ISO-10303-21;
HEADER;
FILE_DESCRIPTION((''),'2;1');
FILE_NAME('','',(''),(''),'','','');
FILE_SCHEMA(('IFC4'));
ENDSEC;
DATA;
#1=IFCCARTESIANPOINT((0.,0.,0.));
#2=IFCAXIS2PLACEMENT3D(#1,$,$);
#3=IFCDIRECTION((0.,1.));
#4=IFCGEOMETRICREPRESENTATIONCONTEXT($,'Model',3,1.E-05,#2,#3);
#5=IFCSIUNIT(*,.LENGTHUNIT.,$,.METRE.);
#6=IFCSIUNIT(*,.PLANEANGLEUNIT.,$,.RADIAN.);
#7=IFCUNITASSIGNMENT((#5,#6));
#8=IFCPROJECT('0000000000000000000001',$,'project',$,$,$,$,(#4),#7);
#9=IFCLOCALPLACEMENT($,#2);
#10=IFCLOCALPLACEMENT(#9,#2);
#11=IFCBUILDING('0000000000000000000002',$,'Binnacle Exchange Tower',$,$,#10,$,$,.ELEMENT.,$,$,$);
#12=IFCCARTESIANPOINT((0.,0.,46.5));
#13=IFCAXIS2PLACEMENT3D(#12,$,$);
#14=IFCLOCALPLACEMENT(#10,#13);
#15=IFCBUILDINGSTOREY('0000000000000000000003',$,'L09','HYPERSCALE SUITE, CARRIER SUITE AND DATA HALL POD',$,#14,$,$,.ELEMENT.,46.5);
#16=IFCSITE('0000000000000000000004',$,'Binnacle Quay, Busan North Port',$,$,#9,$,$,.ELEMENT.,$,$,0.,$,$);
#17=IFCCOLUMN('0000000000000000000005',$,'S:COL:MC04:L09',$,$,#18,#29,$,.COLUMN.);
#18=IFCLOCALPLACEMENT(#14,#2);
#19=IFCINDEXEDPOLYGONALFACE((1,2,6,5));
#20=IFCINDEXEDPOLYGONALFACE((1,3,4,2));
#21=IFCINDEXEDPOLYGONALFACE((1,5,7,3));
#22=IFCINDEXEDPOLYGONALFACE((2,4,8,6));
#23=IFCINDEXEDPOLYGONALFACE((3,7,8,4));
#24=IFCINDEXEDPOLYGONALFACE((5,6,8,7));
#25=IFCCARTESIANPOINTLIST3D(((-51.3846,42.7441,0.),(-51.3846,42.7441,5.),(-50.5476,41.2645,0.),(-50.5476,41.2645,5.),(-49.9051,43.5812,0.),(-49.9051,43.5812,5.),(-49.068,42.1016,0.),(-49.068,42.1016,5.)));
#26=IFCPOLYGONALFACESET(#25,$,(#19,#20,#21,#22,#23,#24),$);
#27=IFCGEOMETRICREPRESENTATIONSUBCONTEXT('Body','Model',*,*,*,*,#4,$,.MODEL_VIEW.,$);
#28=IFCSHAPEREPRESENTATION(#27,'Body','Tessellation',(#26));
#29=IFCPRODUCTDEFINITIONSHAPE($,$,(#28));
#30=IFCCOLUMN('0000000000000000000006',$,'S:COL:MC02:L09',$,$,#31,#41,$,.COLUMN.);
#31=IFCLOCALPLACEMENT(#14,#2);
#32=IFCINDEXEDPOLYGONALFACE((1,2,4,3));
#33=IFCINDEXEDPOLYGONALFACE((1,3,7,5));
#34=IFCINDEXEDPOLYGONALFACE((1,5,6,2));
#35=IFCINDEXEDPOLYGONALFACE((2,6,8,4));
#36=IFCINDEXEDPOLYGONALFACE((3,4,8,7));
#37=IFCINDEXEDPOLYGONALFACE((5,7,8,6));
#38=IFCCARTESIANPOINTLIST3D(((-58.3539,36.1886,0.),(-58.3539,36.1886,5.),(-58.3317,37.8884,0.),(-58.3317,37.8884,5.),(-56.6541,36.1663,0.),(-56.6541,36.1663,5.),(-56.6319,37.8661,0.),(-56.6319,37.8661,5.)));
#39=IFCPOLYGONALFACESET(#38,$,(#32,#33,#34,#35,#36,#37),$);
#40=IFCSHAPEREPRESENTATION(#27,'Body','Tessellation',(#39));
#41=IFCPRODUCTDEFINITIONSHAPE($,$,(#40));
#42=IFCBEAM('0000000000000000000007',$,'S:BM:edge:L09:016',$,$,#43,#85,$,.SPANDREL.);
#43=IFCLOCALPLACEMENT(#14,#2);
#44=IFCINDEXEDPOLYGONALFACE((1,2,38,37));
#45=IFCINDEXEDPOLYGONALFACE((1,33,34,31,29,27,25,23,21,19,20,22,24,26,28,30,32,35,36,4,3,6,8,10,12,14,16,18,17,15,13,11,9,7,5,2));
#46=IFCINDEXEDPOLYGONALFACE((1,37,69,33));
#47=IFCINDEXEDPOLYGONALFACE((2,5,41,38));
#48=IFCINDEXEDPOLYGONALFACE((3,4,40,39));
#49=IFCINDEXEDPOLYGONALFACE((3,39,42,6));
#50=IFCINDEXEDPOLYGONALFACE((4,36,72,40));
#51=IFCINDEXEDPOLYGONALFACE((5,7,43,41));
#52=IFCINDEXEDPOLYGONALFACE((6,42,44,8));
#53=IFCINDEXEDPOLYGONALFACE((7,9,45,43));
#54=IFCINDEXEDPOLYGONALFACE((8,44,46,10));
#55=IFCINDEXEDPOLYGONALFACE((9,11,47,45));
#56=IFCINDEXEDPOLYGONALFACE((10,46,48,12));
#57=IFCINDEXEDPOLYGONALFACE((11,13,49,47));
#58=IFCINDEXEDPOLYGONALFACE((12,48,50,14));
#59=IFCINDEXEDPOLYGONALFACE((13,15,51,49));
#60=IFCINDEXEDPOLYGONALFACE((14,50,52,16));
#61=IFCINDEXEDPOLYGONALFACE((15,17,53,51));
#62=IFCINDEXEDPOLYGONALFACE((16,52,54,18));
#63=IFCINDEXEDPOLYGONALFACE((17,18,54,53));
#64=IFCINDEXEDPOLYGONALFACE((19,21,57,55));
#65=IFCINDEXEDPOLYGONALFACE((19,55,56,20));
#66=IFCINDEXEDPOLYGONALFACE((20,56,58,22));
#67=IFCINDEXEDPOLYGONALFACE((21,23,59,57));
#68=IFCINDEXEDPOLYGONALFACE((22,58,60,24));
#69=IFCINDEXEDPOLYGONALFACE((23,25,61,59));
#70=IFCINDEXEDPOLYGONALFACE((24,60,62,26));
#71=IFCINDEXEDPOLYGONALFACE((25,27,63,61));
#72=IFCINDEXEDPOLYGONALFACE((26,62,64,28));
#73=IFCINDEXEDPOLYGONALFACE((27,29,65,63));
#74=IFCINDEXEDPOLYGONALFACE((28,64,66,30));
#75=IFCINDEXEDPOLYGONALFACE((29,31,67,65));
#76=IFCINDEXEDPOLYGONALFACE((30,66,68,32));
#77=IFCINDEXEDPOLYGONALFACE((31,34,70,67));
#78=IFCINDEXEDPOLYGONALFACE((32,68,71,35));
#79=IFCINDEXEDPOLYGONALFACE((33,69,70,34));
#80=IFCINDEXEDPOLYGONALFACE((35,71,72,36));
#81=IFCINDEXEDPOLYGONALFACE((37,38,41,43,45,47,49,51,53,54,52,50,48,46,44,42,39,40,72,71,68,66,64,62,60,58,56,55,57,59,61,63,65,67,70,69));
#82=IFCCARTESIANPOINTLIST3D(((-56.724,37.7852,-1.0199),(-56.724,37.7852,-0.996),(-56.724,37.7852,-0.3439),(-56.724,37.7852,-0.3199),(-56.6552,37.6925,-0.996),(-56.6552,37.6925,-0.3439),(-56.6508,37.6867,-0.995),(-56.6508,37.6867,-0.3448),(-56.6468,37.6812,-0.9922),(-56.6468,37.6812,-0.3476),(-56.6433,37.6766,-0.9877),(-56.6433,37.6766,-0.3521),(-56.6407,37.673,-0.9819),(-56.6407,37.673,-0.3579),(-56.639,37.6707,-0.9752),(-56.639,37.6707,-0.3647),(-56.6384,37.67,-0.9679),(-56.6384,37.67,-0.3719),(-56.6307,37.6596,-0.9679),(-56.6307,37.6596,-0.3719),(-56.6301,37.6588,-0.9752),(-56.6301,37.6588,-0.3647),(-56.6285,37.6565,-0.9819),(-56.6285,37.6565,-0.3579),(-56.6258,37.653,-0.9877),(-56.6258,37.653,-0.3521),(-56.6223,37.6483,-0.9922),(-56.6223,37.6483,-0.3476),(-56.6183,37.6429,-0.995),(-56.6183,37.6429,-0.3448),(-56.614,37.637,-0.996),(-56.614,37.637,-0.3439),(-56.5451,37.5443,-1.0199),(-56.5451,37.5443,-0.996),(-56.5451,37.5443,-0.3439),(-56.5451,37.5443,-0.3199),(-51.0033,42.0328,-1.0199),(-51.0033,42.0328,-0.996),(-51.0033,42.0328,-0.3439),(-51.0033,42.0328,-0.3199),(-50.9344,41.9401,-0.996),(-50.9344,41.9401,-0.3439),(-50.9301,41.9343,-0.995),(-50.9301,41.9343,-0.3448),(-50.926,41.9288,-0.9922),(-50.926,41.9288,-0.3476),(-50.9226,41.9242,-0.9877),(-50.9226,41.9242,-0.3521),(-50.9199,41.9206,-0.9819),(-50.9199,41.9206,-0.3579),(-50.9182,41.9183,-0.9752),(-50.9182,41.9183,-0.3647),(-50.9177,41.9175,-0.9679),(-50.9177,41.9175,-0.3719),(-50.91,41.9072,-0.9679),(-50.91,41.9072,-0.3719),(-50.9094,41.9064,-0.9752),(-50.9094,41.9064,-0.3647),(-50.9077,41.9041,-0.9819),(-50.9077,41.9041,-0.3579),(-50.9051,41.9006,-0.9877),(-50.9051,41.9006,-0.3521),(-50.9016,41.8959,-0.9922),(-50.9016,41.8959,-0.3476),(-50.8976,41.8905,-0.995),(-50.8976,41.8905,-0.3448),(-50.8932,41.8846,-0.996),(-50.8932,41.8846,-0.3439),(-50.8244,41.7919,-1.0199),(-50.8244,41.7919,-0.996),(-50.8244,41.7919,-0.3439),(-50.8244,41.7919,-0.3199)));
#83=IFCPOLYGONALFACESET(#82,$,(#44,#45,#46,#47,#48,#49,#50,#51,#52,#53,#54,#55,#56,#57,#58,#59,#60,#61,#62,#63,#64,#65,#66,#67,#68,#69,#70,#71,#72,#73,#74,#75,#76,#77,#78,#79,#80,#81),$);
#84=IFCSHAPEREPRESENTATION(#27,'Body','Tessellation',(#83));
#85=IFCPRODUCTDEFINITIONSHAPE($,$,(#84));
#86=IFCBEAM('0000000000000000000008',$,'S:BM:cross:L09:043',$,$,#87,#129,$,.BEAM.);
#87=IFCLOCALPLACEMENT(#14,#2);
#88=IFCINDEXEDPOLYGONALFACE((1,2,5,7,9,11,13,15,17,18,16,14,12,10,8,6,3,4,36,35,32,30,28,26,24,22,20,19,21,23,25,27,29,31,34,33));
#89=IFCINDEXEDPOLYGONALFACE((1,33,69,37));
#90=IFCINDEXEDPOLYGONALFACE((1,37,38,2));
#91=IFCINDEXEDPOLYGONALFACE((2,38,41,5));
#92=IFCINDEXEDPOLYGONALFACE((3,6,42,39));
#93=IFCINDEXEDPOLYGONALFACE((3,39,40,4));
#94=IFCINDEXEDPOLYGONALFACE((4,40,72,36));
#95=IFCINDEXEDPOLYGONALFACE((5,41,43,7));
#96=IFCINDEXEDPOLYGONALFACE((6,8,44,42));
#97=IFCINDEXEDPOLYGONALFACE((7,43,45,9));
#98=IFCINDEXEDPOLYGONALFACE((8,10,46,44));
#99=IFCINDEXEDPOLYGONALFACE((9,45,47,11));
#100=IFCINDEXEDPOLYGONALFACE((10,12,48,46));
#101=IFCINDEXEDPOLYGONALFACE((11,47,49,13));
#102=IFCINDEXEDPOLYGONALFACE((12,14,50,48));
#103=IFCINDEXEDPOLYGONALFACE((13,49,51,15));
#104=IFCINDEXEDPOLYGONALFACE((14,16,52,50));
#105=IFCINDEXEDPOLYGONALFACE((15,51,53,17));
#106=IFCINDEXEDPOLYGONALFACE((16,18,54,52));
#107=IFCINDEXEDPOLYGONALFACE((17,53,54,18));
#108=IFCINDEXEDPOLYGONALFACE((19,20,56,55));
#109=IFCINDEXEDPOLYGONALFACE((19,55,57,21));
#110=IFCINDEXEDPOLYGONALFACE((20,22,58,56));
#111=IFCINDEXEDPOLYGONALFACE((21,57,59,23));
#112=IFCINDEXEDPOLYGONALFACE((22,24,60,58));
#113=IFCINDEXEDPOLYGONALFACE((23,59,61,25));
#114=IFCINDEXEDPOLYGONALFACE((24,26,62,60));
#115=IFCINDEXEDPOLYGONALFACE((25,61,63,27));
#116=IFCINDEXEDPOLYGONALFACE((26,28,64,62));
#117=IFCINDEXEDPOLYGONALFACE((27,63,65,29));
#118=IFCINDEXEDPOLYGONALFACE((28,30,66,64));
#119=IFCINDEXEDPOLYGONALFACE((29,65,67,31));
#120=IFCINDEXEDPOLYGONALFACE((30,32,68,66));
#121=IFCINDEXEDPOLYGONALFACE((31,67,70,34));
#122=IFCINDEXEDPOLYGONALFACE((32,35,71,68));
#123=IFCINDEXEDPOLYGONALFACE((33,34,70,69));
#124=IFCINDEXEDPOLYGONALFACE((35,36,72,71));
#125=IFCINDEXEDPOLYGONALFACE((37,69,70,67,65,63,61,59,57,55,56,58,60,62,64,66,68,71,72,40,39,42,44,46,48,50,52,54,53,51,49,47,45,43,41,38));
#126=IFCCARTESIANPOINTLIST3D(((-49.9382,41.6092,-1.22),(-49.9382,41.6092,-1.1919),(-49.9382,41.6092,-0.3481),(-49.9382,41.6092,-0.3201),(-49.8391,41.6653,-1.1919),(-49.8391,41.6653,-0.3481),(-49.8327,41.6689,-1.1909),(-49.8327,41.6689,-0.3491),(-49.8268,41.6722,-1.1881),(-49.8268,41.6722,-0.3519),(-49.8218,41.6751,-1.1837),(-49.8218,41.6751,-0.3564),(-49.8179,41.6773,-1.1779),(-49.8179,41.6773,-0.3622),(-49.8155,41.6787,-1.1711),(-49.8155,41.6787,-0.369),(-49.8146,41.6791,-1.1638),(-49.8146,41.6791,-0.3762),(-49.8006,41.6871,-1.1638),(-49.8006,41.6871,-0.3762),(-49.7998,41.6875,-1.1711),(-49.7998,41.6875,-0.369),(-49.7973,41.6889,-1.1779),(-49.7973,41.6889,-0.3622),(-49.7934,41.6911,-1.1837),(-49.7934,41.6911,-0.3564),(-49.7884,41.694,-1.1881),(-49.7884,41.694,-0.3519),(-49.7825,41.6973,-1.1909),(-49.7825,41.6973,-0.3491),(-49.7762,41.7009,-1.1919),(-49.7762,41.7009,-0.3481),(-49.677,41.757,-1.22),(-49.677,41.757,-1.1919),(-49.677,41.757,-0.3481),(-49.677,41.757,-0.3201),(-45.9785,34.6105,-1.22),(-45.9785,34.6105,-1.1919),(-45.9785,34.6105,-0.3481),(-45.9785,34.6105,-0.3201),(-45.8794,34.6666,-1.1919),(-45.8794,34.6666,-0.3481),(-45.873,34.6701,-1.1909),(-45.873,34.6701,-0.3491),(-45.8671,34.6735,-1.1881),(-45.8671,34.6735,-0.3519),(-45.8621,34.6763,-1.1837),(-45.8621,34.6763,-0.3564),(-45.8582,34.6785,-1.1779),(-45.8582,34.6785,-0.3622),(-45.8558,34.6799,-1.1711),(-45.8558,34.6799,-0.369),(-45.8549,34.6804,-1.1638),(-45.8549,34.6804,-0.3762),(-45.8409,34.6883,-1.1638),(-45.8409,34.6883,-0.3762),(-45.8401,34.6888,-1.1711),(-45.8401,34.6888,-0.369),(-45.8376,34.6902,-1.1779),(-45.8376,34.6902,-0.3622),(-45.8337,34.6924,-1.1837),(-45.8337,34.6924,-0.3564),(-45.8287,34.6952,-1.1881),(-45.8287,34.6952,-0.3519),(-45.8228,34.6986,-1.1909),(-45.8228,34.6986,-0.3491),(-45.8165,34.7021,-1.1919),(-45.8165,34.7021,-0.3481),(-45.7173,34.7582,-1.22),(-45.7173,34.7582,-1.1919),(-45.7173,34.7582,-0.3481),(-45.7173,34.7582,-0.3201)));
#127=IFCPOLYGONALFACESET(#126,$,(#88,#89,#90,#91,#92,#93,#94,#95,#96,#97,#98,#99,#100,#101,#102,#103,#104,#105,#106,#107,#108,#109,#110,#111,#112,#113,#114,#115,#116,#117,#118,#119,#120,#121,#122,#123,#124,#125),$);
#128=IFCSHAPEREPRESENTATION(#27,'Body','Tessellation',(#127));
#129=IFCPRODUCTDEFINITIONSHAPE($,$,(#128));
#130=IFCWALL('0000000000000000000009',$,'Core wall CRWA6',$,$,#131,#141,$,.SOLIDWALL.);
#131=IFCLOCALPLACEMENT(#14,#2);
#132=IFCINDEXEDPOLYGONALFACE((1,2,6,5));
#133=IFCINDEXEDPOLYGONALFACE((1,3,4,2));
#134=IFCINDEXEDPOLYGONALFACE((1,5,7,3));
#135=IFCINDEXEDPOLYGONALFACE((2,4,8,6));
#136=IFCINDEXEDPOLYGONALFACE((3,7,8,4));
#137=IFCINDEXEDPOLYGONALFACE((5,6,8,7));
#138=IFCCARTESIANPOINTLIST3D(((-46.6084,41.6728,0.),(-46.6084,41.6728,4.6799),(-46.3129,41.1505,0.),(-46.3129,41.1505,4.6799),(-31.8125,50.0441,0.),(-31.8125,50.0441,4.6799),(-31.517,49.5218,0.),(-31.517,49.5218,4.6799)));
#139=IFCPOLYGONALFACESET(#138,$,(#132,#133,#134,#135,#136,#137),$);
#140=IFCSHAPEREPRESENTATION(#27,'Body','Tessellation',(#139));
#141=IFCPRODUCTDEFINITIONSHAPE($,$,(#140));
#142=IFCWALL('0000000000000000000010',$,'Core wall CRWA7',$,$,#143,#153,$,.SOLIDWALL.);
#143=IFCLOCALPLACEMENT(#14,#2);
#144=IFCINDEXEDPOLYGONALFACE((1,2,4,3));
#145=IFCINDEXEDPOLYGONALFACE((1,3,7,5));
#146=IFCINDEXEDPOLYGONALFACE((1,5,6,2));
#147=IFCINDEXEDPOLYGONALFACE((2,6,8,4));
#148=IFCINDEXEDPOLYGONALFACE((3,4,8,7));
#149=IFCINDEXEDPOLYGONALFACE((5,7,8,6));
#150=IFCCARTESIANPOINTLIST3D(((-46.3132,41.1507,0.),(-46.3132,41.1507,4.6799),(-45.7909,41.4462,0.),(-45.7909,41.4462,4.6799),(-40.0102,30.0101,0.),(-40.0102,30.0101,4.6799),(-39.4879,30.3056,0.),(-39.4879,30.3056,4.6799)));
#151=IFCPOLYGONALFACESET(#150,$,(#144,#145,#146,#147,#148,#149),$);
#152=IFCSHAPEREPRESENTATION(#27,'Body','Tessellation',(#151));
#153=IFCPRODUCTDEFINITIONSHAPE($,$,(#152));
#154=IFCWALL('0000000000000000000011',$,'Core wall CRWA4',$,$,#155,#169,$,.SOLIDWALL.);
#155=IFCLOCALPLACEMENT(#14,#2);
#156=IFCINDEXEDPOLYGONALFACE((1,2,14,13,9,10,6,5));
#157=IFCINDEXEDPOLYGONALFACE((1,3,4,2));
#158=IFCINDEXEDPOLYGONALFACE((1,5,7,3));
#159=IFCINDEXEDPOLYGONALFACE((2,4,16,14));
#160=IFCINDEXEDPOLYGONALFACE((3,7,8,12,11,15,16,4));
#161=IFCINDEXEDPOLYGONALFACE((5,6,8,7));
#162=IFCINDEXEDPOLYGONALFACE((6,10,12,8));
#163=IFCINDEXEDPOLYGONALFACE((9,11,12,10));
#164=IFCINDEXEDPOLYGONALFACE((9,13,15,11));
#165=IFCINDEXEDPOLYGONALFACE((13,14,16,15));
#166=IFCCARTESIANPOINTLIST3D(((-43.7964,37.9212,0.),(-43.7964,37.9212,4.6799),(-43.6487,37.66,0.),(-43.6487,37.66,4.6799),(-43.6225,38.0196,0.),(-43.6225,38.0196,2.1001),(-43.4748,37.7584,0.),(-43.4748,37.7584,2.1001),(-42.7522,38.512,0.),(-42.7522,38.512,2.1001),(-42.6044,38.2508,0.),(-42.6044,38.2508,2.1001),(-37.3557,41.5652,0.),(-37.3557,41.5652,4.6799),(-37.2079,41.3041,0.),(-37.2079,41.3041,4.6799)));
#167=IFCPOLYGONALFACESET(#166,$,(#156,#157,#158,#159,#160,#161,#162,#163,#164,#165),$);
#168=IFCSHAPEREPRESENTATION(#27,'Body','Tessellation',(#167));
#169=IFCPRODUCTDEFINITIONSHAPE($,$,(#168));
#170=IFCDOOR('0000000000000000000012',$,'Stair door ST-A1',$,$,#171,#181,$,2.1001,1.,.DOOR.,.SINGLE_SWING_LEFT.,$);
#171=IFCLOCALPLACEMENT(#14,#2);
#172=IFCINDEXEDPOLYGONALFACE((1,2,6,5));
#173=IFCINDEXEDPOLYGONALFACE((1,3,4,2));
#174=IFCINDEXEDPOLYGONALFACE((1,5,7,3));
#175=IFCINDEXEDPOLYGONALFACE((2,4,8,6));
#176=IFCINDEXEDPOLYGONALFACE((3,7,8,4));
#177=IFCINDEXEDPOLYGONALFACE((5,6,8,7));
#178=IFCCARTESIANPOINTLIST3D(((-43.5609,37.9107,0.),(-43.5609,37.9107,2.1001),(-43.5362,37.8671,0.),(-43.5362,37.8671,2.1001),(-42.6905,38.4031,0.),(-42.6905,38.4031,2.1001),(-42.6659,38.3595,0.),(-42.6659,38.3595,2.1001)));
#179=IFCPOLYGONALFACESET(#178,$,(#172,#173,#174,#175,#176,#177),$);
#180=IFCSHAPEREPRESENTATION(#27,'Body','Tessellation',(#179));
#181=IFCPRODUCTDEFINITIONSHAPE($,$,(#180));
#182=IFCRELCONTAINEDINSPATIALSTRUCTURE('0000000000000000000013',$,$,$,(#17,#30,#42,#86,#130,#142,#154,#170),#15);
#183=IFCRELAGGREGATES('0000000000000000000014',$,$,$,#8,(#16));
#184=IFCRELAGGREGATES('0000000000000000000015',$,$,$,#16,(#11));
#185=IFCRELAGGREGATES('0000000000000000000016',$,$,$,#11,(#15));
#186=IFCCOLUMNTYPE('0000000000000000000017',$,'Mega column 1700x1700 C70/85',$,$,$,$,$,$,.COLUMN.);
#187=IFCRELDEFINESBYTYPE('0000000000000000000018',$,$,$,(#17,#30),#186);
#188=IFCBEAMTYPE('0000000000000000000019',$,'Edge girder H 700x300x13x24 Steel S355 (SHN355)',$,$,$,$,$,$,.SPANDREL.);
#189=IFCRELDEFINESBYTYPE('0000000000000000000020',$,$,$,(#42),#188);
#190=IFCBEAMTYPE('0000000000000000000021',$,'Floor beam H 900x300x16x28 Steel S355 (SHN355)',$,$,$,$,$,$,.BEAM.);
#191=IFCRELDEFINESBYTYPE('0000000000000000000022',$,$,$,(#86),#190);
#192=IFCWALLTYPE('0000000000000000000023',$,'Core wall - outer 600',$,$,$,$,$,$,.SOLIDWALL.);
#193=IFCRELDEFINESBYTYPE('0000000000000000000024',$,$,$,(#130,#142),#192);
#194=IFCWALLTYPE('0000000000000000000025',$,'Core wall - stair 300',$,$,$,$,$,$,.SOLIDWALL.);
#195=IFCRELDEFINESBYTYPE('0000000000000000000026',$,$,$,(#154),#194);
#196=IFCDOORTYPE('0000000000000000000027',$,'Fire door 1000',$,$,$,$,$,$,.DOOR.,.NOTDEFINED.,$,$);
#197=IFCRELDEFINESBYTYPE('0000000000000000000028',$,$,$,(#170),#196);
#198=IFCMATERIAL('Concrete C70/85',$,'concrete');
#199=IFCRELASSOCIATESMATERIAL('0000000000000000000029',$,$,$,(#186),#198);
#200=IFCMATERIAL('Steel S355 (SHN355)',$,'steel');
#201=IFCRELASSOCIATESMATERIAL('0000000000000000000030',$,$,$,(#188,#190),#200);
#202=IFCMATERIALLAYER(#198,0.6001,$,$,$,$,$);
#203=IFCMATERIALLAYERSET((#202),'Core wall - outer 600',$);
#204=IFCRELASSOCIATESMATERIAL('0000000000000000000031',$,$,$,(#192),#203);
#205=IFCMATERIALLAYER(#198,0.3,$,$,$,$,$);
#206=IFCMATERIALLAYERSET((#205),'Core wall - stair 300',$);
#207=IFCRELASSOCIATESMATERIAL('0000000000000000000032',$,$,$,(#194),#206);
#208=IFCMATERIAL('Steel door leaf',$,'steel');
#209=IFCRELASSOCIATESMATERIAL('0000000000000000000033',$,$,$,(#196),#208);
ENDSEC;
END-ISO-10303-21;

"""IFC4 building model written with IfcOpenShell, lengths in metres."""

from ifc_helpers import new_model, si_unit, direction, frame, frame_2d, origin, origin_2d, place, context, subcontext, project, spatial, rectangle, i_section, extrude, material, layer, layer_set, material_profile, profile_set, type_object, element, fill, save


model = new_model("IFC4")

# Units and contexts
model_context = context("Model", 3, precision=1e-05, world=origin(), true_north=direction((0.0, 1.0)))
body_context = subcontext(model_context, "Body", "Model", "MODEL_VIEW")
ifc_project = project(units=[si_unit("LENGTHUNIT", "METRE"), si_unit("PLANEANGLEUNIT", "RADIAN")], contexts=[model_context])

# Site, building, storey
site_placement = place(None, origin())
site = spatial("IfcSite", under=ifc_project, at=site_placement, Name="Binnacle Quay, Busan North Port", CompositionType="ELEMENT", RefElevation=0.0)
building_placement = place(site_placement, origin())
building = spatial("IfcBuilding", under=site, at=building_placement, Name="Binnacle Exchange Tower", CompositionType="ELEMENT")
storey_placement = place(building_placement, frame((0.0, 0.0, 46.5)))
storey = spatial("IfcBuildingStorey", under=building, at=storey_placement, Name="L09", Description="HYPERSCALE SUITE, CARRIER SUITE AND DATA HALL POD", CompositionType="ELEMENT", Elevation=46.5)

# Columns
ifc_material_1 = material(Name="Concrete C70/85", Category="concrete")
ifc_material_profile_1 = material_profile(ifc_material_1, rectangle(XDim=1.7, YDim=1.7, at=origin_2d()), Name="Mega column 1700x1700 C70/85")
ifc_profile_set_1 = profile_set([ifc_material_profile_1], Name="Concrete C70/85")
column_type = type_object("IfcColumnType", Name="Mega column 1700x1700 C70/85", PredefinedType="COLUMN", material=ifc_profile_set_1)
for number, where, z_axis, x_axis, name in (
    (1, (-50.2263, 42.4229, 0.0), (0.0, 0.0, 1.0), (-0.870356, -0.492424, 0.0), "S:COL:MC04:L09"),
    (2, (-57.4929, 37.0273, 0.0), (0.0, 0.0, 1.0), (-0.01309, -0.999914, 0.0), "S:COL:MC02:L09"),
):
    element("IfcColumn", number, at=place(storey_placement, frame(where, z_axis=z_axis, x_axis=x_axis)), inside=storey, type_object=column_type, Name=name, PredefinedType="COLUMN", context=body_context, shape_type="SweptSolid", body=[
        extrude(rectangle(XDim=1.7, YDim=1.7, at=origin_2d()), origin(), (0.0, 0.0, 1.0), 5.0),
    ])

# Beams
ifc_material_2 = material(Name="Steel S355 (SHN355)", Category="steel")
ifc_material_profile_2 = material_profile(ifc_material_2, i_section(OverallWidth=0.3, OverallDepth=0.7, WebThickness=0.0129, FlangeThickness=0.0239, FilletRadius=0.0281, at=origin_2d()), Name="H 700x300x13x24")
ifc_profile_set_2 = profile_set([ifc_material_profile_2], Name="Steel S355 (SHN355)")
beam_type_1 = type_object("IfcBeamType", Name="Edge girder H 700x300x13x24 Steel S355 (SHN355)", PredefinedType="SPANDREL", material=ifc_profile_set_2)
beam_1_placement = place(storey_placement, frame((-50.9138, 41.9124, -0.6699), z_axis=(-0.802885, -0.596133, 0.0), x_axis=(0.596133, -0.802885, 0.0)))
element("IfcBeam", 3, at=beam_1_placement, inside=storey, type_object=beam_type_1, Name="S:BM:edge:L09:016", PredefinedType="SPANDREL", context=body_context, shape_type="SweptSolid", body=[
    extrude(i_section(OverallWidth=0.3, OverallDepth=0.7, WebThickness=0.0129, FlangeThickness=0.0239, FilletRadius=0.0281, at=origin_2d()), origin(), (0.0, 0.0, 1.0), 7.1252),
])
ifc_material_profile_3 = material_profile(ifc_material_2, i_section(OverallWidth=0.3, OverallDepth=0.8999, WebThickness=0.0161, FlangeThickness=0.0281, FilletRadius=0.0281, at=origin_2d()), Name="H 900x300x16x28")
ifc_profile_set_3 = profile_set([ifc_material_profile_3], Name="Steel S355 (SHN355)")
beam_type_2 = type_object("IfcBeamType", Name="Floor beam H 900x300x16x28 Steel S355 (SHN355)", PredefinedType="BEAM", material=ifc_profile_set_3)
beam_2_placement = place(storey_placement, frame((-49.8076, 41.6831, -0.77), z_axis=(0.492423, -0.870356, 0.0), x_axis=(0.870356, 0.492423, 0.0)))
element("IfcBeam", 4, at=beam_2_placement, inside=storey, type_object=beam_type_2, Name="S:BM:cross:L09:043", PredefinedType="BEAM", context=body_context, shape_type="SweptSolid", body=[
    extrude(i_section(OverallWidth=0.3, OverallDepth=0.8999, WebThickness=0.0161, FlangeThickness=0.0281, FilletRadius=0.0281, at=origin_2d()), origin(), (0.0, 0.0, 1.0), 8.0413),
])

# Walls
ifc_layer_1 = layer(ifc_material_1, 0.6001)
ifc_layer_set_1 = layer_set([ifc_layer_1], Name="Core wall - outer 600")
wall_type_1 = type_object("IfcWallType", Name="Core wall - outer 600", PredefinedType="SOLIDWALL", material=ifc_layer_set_1)
wall_1_placement = place(storey_placement, frame((-46.4607, 41.4116, 0.0), z_axis=(0.0, 0.0, 1.0), x_axis=(0.87035, 0.492433, 0.0)))
element("IfcWall", 5, at=wall_1_placement, inside=storey, type_object=wall_type_1, Name="Core wall CRWA6", PredefinedType="SOLIDWALL", context=body_context, shape_type="SweptSolid", body=[
    extrude(rectangle(XDim=17.0, YDim=0.6001, at=frame_2d((8.5, 0.0))), origin(), (0.0, 0.0, 1.0), 4.6799),
])
wall_2_placement = place(storey_placement, frame((-46.052, 41.2983, 0.0), z_axis=(0.0, 0.0, 1.0), x_axis=(0.492419, -0.870359, 0.0)))
element("IfcWall", 6, at=wall_2_placement, inside=storey, type_object=wall_type_1, Name="Core wall CRWA7", PredefinedType="SOLIDWALL", context=body_context, shape_type="SweptSolid", body=[
    extrude(rectangle(XDim=12.8, YDim=0.6001, at=frame_2d((6.3999, 0.0))), origin(), (0.0, 0.0, 1.0), 4.6799),
])

# Wall, opening, door
ifc_layer_2 = layer(ifc_material_1, 0.3)
ifc_layer_set_2 = layer_set([ifc_layer_2], Name="Core wall - stair 300")
wall_type_2 = type_object("IfcWallType", Name="Core wall - stair 300", PredefinedType="SOLIDWALL", material=ifc_layer_set_2)
wall_3_placement = place(storey_placement, frame((-43.7227, 37.7905, 0.0), z_axis=(0.0, 0.0, 1.0), x_axis=(0.870351, 0.492432, 0.0)))
wall_3 = element("IfcWall", 7, at=wall_3_placement, inside=storey, type_object=wall_type_2, Name="Core wall CRWA4", PredefinedType="SOLIDWALL", context=body_context, shape_type="SweptSolid", body=[
    extrude(rectangle(XDim=7.4001, YDim=0.3, at=frame_2d((3.7002, 0.0))), origin(), (0.0, 0.0, 1.0), 4.6799),
])
opening_1_placement = place(wall_3_placement, frame((0.2, 0.0, 0.0)))
opening_1 = element("IfcOpeningElement", 8, at=opening_1_placement, cuts=wall_3, PredefinedType="OPENING", context=body_context, shape_type="SweptSolid", body=[
    extrude(rectangle(XDim=1.0, YDim=2.1001, at=frame_2d((0.5, 1.05))), frame((0.0, 0.1599, 0.0), z_axis=(0.0, -1.0, 0.0), x_axis=(1.0, 0.0, 0.0)), (0.0, 0.0, 1.0), 0.3201),
])
ifc_material_3 = material(Name="Steel door leaf", Category="steel")
door_type = type_object("IfcDoorType", Name="Fire door 1000", OperationType="NOTDEFINED", PredefinedType="DOOR", material=ifc_material_3)
door_placement = place(opening_1_placement, origin())
door = element("IfcDoor", 9, at=door_placement, inside=storey, type_object=door_type, Name="Stair door ST-A1", OperationType="SINGLE_SWING_LEFT", OverallHeight=2.1001, OverallWidth=1.0, PredefinedType="DOOR", context=body_context, shape_type="SweptSolid", body=[
    extrude(rectangle(XDim=1.0, YDim=2.1001, at=frame_2d((0.5, 1.05))), frame((0.0, 0.0249, 0.0), z_axis=(0.0, -1.0, 0.0), x_axis=(1.0, 0.0, 0.0)), (0.0, 0.0, 1.0), 0.05),
])
fill(opening_1, door)

save(model, "model.ifc")
